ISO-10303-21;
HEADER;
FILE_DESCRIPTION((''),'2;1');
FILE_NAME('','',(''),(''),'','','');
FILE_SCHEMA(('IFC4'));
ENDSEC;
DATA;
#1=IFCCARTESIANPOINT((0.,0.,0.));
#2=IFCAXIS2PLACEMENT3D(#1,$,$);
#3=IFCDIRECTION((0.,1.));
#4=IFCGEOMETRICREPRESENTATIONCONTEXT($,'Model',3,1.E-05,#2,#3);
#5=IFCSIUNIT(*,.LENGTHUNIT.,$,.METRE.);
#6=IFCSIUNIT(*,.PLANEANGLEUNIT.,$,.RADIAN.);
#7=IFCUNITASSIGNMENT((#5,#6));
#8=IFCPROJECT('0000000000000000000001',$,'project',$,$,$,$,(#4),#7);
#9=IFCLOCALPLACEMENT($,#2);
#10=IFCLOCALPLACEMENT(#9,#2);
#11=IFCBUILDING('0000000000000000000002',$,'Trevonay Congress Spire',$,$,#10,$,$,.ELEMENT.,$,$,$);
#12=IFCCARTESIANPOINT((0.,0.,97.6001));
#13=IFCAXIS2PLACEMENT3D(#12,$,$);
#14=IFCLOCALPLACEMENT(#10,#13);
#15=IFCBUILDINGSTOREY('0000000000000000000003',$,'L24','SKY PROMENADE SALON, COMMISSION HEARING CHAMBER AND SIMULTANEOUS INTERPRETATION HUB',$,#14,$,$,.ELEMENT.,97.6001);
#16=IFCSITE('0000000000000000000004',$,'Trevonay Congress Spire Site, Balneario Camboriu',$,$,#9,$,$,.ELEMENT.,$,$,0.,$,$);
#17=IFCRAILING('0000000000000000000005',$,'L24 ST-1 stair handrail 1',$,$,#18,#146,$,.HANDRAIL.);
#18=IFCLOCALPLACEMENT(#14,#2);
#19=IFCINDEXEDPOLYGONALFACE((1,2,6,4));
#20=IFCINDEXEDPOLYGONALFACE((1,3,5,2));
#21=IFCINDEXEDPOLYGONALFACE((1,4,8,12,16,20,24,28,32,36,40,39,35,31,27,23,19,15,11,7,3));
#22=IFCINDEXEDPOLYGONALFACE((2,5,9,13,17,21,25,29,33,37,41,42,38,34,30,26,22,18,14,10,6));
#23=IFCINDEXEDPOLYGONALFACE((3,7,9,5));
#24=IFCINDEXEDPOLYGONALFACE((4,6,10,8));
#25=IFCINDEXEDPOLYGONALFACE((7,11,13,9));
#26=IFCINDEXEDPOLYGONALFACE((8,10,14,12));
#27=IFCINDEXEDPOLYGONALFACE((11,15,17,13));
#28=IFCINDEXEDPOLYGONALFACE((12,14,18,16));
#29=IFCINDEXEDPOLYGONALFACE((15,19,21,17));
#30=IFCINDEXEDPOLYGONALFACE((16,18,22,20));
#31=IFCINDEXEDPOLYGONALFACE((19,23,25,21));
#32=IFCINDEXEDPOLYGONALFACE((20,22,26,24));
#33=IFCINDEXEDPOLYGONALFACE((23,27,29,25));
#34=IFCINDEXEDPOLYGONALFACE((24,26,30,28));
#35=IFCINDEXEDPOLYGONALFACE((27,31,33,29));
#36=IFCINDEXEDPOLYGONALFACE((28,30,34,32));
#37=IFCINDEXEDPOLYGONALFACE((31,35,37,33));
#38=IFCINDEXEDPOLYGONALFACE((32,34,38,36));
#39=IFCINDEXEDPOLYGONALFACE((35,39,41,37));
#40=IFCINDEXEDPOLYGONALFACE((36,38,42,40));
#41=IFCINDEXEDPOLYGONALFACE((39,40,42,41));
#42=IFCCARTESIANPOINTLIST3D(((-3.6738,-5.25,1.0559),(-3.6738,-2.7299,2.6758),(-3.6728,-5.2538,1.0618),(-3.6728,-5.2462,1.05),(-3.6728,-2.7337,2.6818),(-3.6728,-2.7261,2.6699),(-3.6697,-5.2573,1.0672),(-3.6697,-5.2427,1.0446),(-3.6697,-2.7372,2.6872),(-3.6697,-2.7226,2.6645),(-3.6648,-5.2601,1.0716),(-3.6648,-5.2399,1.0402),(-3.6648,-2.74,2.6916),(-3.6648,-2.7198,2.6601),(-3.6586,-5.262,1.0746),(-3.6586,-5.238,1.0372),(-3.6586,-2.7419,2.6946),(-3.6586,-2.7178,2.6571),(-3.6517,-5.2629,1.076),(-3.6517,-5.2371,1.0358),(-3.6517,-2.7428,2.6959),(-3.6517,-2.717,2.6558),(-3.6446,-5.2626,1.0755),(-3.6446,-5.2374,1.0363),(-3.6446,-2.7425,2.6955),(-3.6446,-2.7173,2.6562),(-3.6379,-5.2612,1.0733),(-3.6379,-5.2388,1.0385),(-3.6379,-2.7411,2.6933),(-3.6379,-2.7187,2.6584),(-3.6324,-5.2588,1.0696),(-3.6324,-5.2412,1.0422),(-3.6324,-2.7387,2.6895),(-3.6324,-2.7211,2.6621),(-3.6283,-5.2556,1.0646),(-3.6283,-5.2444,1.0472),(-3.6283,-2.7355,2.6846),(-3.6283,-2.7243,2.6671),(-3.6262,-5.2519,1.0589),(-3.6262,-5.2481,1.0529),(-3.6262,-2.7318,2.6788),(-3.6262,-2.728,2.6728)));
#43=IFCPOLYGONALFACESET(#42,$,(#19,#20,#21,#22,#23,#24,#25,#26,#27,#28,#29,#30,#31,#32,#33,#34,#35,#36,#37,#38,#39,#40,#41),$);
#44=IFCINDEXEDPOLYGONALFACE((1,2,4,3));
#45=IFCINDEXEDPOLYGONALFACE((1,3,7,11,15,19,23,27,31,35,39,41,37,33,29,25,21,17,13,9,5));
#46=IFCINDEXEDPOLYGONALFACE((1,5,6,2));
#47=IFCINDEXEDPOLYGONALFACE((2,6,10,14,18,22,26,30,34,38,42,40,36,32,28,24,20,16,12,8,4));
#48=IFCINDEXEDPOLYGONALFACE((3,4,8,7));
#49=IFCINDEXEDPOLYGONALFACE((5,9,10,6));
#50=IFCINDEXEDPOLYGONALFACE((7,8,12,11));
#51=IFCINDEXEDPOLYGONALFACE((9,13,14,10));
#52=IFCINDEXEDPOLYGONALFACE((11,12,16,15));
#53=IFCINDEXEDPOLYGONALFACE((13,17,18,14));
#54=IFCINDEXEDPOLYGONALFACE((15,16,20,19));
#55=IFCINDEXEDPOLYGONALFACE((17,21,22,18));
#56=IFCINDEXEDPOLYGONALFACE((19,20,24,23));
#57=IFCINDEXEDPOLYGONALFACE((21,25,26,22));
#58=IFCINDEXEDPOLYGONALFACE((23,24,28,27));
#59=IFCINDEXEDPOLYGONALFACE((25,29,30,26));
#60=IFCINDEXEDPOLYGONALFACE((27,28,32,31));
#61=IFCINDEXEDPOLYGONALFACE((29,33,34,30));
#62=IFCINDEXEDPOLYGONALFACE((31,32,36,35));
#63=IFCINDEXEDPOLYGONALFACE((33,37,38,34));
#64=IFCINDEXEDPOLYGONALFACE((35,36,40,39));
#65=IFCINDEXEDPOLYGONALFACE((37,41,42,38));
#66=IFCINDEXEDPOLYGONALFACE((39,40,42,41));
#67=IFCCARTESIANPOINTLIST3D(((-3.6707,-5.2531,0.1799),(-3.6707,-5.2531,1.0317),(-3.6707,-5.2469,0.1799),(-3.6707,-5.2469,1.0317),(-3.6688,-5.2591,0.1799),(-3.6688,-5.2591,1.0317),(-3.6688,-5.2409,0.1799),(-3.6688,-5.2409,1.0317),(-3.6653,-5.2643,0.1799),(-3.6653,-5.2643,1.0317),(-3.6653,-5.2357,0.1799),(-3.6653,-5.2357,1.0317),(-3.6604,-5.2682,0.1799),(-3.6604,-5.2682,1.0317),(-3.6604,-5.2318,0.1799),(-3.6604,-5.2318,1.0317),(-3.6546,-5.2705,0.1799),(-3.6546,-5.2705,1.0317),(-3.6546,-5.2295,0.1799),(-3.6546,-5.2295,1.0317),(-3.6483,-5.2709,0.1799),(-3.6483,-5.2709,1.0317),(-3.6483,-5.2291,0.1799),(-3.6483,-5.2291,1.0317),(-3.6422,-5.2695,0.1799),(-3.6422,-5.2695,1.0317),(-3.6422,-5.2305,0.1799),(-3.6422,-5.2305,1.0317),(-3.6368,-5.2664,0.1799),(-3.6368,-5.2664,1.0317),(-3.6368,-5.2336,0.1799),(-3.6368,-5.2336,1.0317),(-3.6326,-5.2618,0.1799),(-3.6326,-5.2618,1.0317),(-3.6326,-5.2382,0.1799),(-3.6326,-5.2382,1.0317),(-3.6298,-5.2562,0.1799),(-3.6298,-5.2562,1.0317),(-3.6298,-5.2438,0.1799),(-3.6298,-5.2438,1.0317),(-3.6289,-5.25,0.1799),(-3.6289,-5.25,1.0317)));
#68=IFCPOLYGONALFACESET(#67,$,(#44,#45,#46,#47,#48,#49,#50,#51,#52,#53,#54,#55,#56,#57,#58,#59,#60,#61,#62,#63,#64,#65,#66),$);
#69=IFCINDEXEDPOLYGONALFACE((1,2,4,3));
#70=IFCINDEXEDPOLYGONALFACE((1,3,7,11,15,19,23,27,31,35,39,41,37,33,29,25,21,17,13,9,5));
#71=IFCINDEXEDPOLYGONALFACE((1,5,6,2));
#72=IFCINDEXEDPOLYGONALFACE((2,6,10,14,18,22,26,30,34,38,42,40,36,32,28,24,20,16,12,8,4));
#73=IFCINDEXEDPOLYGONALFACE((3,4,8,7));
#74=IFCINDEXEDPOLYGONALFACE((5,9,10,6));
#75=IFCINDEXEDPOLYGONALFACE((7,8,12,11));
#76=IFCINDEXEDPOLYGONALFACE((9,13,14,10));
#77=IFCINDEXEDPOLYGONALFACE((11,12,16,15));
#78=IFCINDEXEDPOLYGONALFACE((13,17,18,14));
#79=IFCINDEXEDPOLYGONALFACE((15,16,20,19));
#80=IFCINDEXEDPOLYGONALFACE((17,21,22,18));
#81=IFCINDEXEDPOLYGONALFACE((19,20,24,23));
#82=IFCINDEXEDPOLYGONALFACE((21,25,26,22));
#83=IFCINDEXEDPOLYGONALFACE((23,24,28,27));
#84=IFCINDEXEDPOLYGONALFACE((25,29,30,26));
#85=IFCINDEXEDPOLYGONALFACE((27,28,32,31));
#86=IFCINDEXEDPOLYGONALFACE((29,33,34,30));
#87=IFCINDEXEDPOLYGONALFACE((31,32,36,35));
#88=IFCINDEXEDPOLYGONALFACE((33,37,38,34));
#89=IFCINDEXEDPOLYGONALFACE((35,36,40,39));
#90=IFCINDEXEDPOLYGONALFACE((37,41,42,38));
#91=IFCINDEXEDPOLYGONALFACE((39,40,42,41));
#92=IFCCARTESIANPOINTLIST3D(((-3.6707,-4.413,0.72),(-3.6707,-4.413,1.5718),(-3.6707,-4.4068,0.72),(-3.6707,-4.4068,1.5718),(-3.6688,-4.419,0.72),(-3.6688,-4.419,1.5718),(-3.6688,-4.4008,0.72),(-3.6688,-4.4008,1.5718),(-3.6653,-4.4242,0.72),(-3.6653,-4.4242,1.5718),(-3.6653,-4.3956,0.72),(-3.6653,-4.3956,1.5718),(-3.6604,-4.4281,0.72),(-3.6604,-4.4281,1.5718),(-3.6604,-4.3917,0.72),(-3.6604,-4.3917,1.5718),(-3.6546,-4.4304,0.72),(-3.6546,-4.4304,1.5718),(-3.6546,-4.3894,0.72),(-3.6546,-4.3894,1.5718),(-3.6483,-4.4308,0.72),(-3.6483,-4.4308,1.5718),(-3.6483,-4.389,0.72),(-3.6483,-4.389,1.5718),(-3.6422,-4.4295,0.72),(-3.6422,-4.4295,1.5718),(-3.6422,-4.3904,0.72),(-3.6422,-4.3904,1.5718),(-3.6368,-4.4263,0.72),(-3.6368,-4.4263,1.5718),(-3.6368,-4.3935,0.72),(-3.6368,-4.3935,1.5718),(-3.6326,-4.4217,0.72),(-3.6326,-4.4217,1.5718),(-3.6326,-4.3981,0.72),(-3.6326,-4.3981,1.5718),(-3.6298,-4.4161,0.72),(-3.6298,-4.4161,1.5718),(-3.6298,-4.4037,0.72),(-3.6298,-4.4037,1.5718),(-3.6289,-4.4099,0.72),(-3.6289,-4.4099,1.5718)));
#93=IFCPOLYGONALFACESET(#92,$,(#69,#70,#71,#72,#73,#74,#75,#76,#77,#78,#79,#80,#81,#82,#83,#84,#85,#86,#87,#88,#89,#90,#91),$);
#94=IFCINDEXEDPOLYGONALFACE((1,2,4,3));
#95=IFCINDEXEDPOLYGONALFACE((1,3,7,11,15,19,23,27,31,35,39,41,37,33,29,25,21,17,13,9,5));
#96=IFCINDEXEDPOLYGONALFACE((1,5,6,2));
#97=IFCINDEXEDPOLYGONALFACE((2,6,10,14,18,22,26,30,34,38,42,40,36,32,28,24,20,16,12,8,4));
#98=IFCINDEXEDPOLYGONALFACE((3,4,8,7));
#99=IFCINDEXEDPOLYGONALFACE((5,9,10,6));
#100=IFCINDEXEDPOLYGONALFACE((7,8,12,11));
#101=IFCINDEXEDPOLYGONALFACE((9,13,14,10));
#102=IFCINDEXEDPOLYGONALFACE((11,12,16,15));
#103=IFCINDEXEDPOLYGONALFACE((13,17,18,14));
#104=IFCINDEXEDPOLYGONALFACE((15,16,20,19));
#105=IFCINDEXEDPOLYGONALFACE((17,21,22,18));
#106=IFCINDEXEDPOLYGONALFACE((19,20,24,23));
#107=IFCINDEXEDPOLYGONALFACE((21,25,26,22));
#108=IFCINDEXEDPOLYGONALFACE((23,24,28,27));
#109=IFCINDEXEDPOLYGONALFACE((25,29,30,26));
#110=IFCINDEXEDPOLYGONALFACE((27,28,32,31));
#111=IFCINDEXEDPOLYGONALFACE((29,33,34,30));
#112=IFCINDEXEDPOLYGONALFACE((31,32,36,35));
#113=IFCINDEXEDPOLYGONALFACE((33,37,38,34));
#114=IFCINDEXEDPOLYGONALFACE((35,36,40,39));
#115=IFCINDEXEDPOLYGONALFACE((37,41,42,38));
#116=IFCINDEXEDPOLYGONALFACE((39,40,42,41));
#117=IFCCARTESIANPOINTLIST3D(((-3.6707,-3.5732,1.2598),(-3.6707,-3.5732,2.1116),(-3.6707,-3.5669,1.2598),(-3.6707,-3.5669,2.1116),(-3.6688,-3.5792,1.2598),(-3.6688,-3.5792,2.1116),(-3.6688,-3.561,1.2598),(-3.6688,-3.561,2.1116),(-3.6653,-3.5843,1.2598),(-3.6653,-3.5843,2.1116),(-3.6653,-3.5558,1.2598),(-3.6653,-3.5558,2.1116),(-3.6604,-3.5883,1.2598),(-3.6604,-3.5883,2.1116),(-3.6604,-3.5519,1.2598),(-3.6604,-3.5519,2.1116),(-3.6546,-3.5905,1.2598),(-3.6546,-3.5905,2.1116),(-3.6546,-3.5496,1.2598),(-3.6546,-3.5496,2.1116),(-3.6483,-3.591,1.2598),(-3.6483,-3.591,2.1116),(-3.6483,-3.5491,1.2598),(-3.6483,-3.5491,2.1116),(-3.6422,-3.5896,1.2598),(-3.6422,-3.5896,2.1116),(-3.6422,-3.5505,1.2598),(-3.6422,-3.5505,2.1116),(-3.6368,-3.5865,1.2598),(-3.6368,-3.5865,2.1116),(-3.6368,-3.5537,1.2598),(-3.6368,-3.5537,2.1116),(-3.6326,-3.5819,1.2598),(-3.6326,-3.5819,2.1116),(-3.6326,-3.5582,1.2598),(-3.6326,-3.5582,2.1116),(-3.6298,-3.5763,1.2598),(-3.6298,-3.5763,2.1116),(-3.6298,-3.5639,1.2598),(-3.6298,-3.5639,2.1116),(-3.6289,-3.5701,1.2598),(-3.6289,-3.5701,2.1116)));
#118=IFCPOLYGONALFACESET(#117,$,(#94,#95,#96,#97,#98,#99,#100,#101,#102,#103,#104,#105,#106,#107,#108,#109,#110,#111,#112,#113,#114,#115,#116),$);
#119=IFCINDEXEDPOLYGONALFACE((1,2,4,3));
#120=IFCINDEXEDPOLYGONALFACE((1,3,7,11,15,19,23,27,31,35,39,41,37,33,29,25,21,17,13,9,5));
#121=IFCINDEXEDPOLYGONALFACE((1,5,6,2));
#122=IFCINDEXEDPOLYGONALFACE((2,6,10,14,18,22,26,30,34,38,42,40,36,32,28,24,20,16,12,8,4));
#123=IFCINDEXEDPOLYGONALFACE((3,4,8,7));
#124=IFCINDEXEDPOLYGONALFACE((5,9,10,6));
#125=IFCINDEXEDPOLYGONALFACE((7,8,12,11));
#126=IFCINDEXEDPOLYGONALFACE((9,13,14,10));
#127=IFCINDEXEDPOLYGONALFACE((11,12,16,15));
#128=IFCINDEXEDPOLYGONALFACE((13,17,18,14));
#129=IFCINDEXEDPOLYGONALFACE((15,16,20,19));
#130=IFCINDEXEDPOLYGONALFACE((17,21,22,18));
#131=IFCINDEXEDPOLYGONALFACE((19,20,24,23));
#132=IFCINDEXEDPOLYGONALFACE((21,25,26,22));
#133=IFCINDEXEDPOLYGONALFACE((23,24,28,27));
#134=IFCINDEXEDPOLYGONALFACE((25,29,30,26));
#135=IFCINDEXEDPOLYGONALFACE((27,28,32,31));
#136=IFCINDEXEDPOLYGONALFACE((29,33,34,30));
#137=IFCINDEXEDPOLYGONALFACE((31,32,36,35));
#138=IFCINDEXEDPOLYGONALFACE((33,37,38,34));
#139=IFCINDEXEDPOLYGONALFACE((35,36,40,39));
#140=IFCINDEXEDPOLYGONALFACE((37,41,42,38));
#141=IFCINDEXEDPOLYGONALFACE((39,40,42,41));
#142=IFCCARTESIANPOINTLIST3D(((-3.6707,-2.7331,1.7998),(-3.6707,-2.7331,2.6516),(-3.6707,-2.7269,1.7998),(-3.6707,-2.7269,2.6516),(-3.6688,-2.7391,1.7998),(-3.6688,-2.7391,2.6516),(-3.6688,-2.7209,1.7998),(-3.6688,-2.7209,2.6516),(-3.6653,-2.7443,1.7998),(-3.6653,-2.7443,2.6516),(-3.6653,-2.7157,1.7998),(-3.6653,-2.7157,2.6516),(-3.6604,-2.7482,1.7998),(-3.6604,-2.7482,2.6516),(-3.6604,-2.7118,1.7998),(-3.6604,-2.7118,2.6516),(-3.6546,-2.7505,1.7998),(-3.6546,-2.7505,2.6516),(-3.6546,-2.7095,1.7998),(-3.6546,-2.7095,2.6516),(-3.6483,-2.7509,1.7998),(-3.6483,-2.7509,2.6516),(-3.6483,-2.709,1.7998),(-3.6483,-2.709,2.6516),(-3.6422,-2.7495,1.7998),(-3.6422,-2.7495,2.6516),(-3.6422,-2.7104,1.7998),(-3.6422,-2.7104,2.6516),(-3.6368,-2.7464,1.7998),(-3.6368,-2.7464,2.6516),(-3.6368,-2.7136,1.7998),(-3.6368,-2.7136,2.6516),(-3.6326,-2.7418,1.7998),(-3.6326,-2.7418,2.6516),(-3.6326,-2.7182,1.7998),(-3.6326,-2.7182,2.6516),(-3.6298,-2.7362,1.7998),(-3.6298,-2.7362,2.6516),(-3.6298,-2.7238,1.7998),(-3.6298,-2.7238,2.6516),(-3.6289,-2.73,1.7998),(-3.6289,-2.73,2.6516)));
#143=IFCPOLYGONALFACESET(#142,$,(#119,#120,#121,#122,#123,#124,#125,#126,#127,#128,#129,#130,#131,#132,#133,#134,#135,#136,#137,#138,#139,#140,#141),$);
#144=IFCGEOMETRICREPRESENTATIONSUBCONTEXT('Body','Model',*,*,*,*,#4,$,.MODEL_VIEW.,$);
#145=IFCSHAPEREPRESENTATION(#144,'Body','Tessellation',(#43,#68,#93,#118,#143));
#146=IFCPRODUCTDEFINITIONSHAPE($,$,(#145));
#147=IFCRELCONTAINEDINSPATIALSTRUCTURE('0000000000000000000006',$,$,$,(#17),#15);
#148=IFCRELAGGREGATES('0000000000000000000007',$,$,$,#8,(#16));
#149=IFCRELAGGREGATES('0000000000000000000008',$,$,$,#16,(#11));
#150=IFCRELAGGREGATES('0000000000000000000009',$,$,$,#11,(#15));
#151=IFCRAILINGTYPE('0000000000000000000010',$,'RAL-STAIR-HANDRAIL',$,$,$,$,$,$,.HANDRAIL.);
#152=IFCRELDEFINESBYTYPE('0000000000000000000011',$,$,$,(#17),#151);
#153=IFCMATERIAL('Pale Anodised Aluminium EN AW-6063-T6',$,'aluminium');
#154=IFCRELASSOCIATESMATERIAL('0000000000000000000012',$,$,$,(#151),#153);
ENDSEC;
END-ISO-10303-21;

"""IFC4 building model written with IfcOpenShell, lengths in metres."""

from ifc_helpers import new_model, si_unit, direction, frame, origin, origin_2d, place, context, subcontext, project, spatial, circle, extrude, material, type_object, element, save


model = new_model("IFC4")

# Units and contexts
model_context = context("Model", 3, precision=1e-05, world=origin(), true_north=direction((0.0, 1.0)))
body_context = subcontext(model_context, "Body", "Model", "MODEL_VIEW")
ifc_project = project(units=[si_unit("LENGTHUNIT", "METRE"), si_unit("PLANEANGLEUNIT", "RADIAN")], contexts=[model_context])

# Site, building, storey
site_placement = place(None, origin())
site = spatial("IfcSite", under=ifc_project, at=site_placement, Name="Trevonay Congress Spire Site, Balneario Camboriu", CompositionType="ELEMENT", RefElevation=0.0)
building_placement = place(site_placement, origin())
building = spatial("IfcBuilding", under=site, at=building_placement, Name="Trevonay Congress Spire", CompositionType="ELEMENT")
storey_placement = place(building_placement, frame((0.0, 0.0, 97.6001)))
storey = spatial("IfcBuildingStorey", under=building, at=storey_placement, Name="L24", Description="SKY PROMENADE SALON, COMMISSION HEARING CHAMBER AND SIMULTANEOUS INTERPRETATION HUB", CompositionType="ELEMENT", Elevation=97.6001)

# Shared definitions
ifc_material_1 = material(Name="Pale Anodised Aluminium EN AW-6063-T6", Category="aluminium")

# Railing
railing_type_1 = type_object("IfcRailingType", Name="RAL-STAIR-HANDRAIL", PredefinedType="HANDRAIL", material=ifc_material_1)
railing_1_placement = place(storey_placement, frame((-3.6499, -5.25, 0.1799)))
element("IfcRailing", 1, at=railing_1_placement, inside=storey, type_object=railing_type_1, Name="L24 ST-1 stair handrail 1", PredefinedType="HANDRAIL", context=body_context, shape_type="SweptSolid", body=[
    extrude(circle(Radius=0.0239, at=origin_2d()), frame((0.0, 0.0, 0.876), z_axis=(0.0, 0.8412, 0.540725), x_axis=(-1.0, 0.0, 0.0)), (0.0, 0.0, 1.0), 2.9958),
    extrude(circle(Radius=0.021, at=origin_2d()), origin(), (0.0, 0.0, 1.0), 0.8518),
    extrude(circle(Radius=0.021, at=origin_2d()), frame((0.0, 0.8401, 0.54)), (0.0, 0.0, 1.0), 0.8518),
    extrude(circle(Radius=0.021, at=origin_2d()), frame((0.0, 1.6799, 1.0798)), (0.0, 0.0, 1.0), 0.8518),
    extrude(circle(Radius=0.021, at=origin_2d()), frame((0.0, 2.52, 1.6199)), (0.0, 0.0, 1.0), 0.8518),
])

save(model, "model.ifc")
